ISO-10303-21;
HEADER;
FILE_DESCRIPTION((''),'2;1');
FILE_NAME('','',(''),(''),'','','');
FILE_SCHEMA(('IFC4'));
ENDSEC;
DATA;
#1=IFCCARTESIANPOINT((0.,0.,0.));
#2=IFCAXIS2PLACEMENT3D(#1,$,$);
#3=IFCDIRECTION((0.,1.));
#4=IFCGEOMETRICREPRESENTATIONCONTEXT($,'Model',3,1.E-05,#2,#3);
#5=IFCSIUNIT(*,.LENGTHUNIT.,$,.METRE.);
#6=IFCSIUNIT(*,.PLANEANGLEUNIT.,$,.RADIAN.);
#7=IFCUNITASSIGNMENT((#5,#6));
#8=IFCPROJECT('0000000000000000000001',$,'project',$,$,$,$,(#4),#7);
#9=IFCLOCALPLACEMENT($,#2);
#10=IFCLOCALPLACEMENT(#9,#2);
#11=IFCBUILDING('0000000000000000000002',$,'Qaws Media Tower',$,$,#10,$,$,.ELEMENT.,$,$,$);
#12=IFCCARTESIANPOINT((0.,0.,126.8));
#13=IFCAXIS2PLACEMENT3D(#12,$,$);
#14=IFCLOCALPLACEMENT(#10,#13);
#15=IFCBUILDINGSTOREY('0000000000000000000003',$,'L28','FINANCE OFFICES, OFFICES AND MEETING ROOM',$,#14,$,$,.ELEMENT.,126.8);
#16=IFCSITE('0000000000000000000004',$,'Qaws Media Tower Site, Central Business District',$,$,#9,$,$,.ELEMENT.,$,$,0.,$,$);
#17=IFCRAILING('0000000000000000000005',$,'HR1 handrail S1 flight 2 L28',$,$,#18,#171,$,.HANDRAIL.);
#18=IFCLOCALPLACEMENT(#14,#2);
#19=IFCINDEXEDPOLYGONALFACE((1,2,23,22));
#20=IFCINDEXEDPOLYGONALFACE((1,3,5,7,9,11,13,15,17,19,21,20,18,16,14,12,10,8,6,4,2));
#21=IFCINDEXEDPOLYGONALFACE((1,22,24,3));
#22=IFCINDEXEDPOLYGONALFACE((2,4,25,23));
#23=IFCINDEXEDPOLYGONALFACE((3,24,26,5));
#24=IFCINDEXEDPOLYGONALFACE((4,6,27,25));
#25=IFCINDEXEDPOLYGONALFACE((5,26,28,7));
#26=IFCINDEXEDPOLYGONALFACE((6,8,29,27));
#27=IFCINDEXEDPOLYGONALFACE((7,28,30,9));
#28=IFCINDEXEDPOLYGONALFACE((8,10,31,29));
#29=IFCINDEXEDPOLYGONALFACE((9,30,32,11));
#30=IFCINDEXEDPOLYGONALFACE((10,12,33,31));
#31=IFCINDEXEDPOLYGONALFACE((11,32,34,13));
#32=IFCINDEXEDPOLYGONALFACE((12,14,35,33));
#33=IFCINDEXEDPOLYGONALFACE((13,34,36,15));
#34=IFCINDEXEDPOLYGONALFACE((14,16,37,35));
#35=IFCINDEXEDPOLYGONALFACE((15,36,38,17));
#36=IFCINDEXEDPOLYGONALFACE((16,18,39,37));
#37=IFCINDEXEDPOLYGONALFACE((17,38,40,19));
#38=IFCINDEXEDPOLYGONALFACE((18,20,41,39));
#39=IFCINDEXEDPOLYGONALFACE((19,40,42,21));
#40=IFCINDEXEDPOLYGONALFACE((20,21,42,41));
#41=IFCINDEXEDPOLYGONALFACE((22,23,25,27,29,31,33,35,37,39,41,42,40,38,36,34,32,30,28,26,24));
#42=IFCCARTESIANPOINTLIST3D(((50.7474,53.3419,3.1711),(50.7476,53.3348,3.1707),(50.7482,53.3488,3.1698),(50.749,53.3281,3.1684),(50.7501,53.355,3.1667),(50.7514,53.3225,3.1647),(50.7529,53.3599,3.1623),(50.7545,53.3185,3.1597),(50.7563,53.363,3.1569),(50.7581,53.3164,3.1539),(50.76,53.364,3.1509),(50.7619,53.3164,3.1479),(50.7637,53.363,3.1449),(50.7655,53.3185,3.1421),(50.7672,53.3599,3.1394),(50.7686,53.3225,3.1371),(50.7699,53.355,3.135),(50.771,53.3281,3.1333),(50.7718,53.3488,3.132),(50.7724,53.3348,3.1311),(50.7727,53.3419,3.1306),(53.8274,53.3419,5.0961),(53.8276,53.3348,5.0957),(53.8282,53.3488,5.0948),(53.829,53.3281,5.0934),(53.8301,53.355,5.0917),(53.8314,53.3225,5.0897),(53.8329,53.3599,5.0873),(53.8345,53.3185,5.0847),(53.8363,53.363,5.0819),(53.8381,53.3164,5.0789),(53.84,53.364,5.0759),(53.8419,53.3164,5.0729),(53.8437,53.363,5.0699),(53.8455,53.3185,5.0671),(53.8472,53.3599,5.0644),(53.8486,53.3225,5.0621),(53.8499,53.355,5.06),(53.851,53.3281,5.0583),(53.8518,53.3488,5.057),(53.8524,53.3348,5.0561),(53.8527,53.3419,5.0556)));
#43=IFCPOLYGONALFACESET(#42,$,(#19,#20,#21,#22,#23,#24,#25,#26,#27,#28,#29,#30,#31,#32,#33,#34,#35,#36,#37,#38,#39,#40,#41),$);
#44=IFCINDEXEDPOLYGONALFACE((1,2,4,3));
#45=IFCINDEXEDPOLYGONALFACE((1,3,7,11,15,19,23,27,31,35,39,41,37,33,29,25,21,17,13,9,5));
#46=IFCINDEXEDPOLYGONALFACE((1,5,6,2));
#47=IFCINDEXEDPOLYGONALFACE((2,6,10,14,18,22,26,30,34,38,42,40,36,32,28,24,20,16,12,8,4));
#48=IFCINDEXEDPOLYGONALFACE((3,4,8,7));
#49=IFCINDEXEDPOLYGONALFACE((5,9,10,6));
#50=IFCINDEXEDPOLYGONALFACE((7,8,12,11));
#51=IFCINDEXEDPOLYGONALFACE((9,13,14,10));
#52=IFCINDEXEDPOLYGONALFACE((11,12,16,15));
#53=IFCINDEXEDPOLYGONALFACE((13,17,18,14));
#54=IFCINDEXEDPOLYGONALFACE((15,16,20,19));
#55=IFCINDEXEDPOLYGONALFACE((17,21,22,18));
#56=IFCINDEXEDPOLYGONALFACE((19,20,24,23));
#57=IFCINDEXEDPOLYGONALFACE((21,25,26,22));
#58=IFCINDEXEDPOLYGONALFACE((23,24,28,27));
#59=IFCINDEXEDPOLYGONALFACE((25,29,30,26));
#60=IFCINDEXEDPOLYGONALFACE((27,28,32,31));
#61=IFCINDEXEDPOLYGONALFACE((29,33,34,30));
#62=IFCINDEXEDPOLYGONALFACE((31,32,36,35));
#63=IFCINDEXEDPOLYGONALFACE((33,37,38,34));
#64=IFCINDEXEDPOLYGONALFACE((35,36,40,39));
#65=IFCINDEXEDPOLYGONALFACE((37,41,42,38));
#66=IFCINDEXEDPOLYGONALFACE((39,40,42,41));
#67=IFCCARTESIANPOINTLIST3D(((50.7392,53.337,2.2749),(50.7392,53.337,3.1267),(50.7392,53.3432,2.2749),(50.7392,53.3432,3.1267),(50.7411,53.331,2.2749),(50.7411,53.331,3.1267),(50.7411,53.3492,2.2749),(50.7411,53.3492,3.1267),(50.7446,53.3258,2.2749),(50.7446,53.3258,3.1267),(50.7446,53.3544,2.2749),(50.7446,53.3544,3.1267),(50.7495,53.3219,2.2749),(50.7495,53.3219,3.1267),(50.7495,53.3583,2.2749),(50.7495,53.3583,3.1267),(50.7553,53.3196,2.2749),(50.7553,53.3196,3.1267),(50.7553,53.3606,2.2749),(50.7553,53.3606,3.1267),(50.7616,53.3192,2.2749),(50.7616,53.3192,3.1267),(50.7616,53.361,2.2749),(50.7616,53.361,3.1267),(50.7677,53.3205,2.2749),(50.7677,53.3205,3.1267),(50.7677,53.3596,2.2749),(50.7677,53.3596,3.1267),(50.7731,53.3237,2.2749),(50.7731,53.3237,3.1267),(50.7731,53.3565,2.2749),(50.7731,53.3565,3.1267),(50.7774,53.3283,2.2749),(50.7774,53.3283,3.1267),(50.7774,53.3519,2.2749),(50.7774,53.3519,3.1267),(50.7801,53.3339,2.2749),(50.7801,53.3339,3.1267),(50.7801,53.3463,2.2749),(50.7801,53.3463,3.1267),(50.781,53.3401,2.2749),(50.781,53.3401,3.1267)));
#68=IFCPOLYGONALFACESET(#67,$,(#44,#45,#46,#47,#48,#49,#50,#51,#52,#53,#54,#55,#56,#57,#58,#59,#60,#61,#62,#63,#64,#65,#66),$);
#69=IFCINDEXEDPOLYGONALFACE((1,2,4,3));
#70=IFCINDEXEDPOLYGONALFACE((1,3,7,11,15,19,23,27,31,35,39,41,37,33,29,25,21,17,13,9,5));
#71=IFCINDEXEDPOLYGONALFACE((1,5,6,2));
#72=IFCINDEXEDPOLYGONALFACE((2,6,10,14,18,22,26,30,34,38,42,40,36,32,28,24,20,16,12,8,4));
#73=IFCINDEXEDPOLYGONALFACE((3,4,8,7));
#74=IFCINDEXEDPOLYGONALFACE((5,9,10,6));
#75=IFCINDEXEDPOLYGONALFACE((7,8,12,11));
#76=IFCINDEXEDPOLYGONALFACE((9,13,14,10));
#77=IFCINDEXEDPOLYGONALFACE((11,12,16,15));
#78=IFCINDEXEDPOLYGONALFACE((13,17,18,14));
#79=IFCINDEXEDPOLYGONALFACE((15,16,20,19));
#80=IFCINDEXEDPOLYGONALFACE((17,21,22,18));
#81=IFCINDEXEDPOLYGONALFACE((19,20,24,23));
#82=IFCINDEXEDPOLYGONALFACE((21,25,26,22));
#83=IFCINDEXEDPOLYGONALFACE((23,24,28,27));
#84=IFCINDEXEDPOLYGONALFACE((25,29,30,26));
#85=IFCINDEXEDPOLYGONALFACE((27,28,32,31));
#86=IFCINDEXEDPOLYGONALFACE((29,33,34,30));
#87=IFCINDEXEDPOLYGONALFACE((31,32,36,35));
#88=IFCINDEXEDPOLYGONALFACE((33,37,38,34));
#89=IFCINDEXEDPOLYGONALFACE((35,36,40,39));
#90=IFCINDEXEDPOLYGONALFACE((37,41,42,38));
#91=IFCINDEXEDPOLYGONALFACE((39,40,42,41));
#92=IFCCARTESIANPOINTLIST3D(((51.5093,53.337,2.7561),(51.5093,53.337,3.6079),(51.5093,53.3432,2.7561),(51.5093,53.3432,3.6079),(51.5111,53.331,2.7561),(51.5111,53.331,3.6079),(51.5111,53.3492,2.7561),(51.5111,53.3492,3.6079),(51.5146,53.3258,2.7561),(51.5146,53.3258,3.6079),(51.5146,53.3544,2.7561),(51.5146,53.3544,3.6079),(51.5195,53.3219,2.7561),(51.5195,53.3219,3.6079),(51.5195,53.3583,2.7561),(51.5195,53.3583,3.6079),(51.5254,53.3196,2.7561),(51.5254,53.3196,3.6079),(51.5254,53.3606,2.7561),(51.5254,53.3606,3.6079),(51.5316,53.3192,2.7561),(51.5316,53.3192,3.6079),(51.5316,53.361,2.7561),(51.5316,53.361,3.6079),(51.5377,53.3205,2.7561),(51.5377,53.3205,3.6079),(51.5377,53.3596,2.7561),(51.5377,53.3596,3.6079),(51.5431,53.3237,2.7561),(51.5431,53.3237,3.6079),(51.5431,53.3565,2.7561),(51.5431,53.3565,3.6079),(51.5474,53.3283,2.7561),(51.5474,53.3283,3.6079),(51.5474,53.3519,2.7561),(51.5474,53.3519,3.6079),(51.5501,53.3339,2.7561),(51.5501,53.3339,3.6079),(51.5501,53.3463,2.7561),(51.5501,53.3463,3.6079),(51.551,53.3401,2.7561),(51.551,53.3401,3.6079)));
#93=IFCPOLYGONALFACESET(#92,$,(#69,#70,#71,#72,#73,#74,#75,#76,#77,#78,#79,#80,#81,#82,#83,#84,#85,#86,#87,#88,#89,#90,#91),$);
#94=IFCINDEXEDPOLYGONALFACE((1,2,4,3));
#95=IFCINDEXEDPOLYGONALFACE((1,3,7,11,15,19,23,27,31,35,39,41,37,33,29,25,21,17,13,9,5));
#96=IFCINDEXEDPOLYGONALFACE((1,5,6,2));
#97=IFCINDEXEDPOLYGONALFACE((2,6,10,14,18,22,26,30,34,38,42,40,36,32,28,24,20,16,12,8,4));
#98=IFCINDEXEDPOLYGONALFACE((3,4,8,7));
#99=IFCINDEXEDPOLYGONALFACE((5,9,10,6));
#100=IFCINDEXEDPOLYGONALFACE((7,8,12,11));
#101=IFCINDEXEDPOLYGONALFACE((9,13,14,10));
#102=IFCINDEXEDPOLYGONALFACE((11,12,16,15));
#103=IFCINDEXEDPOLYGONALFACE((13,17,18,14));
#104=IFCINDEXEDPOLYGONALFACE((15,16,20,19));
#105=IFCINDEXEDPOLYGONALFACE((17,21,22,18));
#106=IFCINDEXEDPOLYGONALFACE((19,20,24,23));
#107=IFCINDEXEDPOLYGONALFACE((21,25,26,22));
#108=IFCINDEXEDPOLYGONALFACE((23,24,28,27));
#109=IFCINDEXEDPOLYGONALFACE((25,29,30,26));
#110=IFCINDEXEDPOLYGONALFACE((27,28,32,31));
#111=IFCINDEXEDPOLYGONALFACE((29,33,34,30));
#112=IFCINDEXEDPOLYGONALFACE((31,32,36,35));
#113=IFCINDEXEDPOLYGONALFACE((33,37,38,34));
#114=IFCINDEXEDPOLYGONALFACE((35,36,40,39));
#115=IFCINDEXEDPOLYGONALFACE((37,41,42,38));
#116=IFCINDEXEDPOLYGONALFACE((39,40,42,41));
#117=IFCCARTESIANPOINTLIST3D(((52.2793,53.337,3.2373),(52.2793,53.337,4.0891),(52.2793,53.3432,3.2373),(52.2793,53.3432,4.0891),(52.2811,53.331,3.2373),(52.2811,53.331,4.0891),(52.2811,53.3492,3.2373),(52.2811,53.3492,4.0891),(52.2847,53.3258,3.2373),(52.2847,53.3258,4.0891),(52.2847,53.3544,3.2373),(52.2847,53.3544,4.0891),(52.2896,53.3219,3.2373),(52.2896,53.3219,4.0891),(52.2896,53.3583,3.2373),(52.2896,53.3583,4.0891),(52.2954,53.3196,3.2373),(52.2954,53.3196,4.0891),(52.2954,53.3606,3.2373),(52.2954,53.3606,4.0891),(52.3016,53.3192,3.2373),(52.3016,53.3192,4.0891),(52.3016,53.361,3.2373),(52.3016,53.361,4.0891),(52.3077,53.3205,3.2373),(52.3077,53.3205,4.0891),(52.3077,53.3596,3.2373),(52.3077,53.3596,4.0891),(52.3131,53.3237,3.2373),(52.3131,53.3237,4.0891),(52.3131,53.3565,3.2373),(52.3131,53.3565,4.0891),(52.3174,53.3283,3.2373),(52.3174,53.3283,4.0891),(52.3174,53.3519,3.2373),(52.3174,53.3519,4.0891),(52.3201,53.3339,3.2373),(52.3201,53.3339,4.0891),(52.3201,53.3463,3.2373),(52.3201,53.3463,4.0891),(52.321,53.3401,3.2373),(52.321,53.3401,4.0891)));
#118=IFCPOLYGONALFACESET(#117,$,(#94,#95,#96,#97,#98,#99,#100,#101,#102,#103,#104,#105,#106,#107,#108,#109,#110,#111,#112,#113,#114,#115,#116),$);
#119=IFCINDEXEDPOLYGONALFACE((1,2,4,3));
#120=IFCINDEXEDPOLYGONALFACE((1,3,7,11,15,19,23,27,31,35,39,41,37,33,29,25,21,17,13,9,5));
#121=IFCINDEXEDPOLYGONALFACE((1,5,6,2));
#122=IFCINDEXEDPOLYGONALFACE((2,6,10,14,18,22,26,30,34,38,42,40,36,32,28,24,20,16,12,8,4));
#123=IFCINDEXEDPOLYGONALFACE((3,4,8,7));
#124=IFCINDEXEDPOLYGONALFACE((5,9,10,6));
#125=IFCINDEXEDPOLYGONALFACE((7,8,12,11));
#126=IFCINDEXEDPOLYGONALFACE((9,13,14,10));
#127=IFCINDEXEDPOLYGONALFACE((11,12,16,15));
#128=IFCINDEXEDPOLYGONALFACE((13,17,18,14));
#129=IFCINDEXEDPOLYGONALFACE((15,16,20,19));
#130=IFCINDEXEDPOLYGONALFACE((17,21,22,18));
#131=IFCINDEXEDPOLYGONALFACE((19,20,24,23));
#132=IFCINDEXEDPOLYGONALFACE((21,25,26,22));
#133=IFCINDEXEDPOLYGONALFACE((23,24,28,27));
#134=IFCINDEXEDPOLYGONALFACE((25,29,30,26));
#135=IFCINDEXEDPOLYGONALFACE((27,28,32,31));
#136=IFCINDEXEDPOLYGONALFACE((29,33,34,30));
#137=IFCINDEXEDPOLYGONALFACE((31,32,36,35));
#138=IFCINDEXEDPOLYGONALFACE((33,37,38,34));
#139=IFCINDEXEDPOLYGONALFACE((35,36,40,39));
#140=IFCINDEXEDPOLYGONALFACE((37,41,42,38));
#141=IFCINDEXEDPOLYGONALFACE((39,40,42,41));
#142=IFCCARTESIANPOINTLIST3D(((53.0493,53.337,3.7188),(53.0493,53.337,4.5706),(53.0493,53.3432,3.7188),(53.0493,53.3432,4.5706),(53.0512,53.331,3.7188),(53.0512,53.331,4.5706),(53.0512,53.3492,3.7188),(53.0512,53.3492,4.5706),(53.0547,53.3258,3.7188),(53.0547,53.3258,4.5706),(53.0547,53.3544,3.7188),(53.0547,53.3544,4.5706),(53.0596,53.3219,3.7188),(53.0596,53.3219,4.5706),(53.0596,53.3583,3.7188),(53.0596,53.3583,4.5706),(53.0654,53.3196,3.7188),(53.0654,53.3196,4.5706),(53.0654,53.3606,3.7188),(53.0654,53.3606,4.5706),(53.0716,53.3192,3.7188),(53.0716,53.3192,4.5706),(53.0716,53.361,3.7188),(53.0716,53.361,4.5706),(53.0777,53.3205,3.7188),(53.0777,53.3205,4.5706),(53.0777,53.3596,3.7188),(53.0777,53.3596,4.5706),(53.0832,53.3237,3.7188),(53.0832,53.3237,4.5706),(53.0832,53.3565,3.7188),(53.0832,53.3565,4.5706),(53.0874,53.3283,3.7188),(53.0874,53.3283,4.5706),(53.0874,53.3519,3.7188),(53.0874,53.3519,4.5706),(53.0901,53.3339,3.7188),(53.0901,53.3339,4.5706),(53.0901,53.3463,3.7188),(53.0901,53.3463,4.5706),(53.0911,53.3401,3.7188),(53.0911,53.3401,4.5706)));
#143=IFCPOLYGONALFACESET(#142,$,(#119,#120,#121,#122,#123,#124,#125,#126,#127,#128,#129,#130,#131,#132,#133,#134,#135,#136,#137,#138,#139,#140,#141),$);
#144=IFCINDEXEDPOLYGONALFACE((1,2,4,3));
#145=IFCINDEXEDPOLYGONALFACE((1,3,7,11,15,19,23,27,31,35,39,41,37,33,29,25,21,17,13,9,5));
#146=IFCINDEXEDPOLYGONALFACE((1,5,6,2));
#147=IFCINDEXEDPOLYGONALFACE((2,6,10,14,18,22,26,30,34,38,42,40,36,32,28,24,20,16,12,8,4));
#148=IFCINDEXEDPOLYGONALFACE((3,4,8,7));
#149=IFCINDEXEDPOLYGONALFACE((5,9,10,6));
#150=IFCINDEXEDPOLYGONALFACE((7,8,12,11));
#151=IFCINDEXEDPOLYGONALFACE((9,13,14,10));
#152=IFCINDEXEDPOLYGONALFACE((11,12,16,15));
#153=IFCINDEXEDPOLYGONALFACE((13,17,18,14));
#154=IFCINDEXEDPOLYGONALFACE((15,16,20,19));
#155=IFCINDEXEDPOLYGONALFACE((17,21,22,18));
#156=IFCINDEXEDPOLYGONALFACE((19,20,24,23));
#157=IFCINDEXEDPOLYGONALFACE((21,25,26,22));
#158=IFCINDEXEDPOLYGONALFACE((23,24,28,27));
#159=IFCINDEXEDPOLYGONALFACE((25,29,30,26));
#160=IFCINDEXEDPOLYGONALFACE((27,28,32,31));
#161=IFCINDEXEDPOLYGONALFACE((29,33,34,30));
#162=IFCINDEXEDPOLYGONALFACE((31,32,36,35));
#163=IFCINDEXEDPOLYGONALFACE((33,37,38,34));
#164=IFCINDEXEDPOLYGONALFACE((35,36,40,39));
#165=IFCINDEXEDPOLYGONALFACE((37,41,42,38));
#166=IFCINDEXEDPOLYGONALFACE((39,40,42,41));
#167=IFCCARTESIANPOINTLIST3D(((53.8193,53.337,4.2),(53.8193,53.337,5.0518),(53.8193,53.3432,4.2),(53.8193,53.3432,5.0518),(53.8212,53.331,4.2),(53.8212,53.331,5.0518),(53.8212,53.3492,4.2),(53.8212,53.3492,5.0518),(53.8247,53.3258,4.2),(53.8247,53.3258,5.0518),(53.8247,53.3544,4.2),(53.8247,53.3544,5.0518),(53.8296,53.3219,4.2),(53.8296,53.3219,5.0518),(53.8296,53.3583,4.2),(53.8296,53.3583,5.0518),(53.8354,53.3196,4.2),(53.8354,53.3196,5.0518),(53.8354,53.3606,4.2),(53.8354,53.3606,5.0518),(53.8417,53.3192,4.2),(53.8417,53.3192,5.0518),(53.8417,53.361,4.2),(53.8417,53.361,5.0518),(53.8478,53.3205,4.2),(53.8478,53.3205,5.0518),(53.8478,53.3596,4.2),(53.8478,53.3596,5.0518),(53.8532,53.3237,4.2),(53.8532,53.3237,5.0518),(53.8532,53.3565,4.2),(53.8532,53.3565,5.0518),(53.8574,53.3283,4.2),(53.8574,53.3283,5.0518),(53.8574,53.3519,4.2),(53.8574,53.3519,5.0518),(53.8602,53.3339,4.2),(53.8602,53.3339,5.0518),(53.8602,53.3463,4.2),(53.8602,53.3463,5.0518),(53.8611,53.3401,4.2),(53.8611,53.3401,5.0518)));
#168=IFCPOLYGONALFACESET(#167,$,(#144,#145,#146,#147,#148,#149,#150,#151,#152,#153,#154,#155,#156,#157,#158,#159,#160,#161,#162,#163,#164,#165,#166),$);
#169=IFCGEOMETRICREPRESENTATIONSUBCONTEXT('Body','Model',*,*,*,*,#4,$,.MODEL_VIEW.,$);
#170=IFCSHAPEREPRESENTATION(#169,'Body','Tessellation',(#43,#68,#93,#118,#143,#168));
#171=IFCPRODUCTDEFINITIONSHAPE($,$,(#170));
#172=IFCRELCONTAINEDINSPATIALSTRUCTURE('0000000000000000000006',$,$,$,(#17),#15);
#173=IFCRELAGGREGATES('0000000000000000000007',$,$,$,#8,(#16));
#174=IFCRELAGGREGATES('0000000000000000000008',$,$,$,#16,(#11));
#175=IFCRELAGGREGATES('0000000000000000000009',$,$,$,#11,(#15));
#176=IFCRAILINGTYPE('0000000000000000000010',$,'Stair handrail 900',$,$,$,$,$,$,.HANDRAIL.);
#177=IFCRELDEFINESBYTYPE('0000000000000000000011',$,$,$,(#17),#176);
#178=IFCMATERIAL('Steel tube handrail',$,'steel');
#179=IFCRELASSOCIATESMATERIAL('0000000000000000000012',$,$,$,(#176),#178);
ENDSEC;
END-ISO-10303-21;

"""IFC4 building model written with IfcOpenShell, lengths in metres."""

from ifc_helpers import new_model, si_unit, direction, frame, origin, origin_2d, place, context, subcontext, project, spatial, circle, extrude, material, type_object, element, save


model = new_model("IFC4")

# Units and contexts
model_context = context("Model", 3, precision=1e-05, world=origin(), true_north=direction((0.0, 1.0)))
body_context = subcontext(model_context, "Body", "Model", "MODEL_VIEW")
ifc_project = project(units=[si_unit("LENGTHUNIT", "METRE"), si_unit("PLANEANGLEUNIT", "RADIAN")], contexts=[model_context])

# Site, building, storey
site_placement = place(None, origin())
site = spatial("IfcSite", under=ifc_project, at=site_placement, Name="Qaws Media Tower Site, Central Business District", CompositionType="ELEMENT", RefElevation=0.0)
building_placement = place(site_placement, origin())
building = spatial("IfcBuilding", under=site, at=building_placement, Name="Qaws Media Tower", CompositionType="ELEMENT")
storey_placement = place(building_placement, frame((0.0, 0.0, 126.8)))
storey = spatial("IfcBuildingStorey", under=building, at=storey_placement, Name="L28", Description="FINANCE OFFICES, OFFICES AND MEETING ROOM", CompositionType="ELEMENT", Elevation=126.8)

# Railing
ifc_material_1 = material(Name="Steel tube handrail", Category="steel")
railing_type = type_object("IfcRailingType", Name="Stair handrail 900", PredefinedType="HANDRAIL", material=ifc_material_1)
for number, where, name in (
    (1, (50.76, 53.3401, 2.2749), "HR1 handrail S1 flight 2 L28"),
):
    element("IfcRailing", number, at=place(storey_placement, frame(where)), inside=storey, type_object=railing_type, Name=name, PredefinedType="HANDRAIL", context=body_context, shape_type="SweptSolid", body=[
        extrude(circle(Radius=0.0239, at=origin_2d()), frame((0.0, 0.0, 0.876), z_axis=(0.847998, 0.0, 0.529999), x_axis=(0.0, 1.0, 0.0)), (0.0, 0.0, 1.0), 3.6321),
        extrude(circle(Radius=0.021, at=origin_2d()), origin(), (0.0, 0.0, 1.0), 0.8518),
        extrude(circle(Radius=0.021, at=origin_2d()), frame((0.77, 0.0, 0.4812)), (0.0, 0.0, 1.0), 0.8518),
        extrude(circle(Radius=0.021, at=origin_2d()), frame((1.54, 0.0, 0.9624)), (0.0, 0.0, 1.0), 0.8518),
        extrude(circle(Radius=0.021, at=origin_2d()), frame((2.3101, 0.0, 1.4438)), (0.0, 0.0, 1.0), 0.8518),
        extrude(circle(Radius=0.021, at=origin_2d()), frame((3.0801, 0.0, 1.925)), (0.0, 0.0, 1.0), 0.8518),
    ])

save(model, "model.ifc")
